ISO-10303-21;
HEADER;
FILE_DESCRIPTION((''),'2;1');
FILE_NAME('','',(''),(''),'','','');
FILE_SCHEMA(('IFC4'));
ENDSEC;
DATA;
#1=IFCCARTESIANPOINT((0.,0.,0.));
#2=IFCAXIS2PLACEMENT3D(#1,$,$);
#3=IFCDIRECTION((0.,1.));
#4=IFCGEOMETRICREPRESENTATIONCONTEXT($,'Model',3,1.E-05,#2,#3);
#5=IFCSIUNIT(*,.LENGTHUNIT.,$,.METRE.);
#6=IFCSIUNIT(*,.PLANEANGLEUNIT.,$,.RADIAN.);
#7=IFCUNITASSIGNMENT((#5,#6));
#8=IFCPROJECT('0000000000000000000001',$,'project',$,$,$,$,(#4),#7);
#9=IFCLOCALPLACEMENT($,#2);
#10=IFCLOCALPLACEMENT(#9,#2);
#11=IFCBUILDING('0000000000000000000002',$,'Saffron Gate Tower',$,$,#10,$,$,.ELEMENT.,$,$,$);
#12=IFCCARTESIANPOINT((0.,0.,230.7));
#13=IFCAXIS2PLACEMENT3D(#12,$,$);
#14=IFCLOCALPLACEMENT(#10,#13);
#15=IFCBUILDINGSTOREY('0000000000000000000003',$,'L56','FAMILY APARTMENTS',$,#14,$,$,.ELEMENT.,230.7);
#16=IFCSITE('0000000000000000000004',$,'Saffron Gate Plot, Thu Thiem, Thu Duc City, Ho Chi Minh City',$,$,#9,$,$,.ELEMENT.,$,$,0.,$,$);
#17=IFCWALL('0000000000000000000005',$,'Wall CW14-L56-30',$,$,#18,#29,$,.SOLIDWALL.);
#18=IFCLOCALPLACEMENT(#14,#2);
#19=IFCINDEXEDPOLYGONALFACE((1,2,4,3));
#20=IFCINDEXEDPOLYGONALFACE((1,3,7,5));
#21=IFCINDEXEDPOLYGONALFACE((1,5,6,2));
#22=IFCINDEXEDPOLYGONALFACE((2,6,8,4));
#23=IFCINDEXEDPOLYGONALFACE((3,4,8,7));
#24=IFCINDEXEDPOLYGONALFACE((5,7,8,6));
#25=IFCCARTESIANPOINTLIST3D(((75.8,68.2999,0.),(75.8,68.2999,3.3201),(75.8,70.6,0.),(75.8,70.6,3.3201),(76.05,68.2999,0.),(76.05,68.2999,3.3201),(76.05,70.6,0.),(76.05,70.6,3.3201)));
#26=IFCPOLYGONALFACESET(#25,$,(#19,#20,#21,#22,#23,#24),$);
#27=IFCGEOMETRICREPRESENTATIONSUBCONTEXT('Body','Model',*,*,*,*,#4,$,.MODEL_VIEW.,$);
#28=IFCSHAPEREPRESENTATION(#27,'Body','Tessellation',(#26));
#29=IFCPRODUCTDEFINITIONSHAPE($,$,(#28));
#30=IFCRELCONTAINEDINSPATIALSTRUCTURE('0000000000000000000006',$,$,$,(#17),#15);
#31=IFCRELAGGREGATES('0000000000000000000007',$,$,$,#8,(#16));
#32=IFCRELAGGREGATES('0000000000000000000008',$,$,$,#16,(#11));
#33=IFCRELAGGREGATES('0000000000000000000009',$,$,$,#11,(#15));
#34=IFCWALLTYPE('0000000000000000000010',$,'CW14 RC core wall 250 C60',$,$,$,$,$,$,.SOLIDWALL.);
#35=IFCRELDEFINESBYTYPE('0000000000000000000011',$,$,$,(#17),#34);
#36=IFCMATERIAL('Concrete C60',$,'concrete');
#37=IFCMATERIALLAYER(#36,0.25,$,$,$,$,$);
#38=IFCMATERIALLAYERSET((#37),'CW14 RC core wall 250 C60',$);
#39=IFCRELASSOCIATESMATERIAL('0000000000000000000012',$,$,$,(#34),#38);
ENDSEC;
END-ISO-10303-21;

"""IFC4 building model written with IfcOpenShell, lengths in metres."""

from ifc_helpers import new_model, si_unit, direction, frame, frame_2d, origin, place, context, subcontext, project, spatial, rectangle, extrude, material, layer, layer_set, type_object, element, save


model = new_model("IFC4")

# Units and contexts
model_context = context("Model", 3, precision=1e-05, world=origin(), true_north=direction((0.0, 1.0)))
body_context = subcontext(model_context, "Body", "Model", "MODEL_VIEW")
ifc_project = project(units=[si_unit("LENGTHUNIT", "METRE"), si_unit("PLANEANGLEUNIT", "RADIAN")], contexts=[model_context])

# Site, building, storey
site_placement = place(None, origin())
site = spatial("IfcSite", under=ifc_project, at=site_placement, Name="Saffron Gate Plot, Thu Thiem, Thu Duc City, Ho Chi Minh City", CompositionType="ELEMENT", RefElevation=0.0)
building_placement = place(site_placement, origin())
building = spatial("IfcBuilding", under=site, at=building_placement, Name="Saffron Gate Tower", CompositionType="ELEMENT")
storey_placement = place(building_placement, frame((0.0, 0.0, 230.7)))
storey = spatial("IfcBuildingStorey", under=building, at=storey_placement, Name="L56", Description="FAMILY APARTMENTS", CompositionType="ELEMENT", Elevation=230.7)

# Wall
ifc_material_1 = material(Name="Concrete C60", Category="concrete")
ifc_layer_1 = layer(ifc_material_1, 0.25)
ifc_layer_set_1 = layer_set([ifc_layer_1], Name="CW14 RC core wall 250 C60")
wall_type_1 = type_object("IfcWallType", Name="CW14 RC core wall 250 C60", PredefinedType="SOLIDWALL", material=ifc_layer_set_1)
wall_1_placement = place(storey_placement, frame((75.925, 68.3, 0.0), z_axis=(0.0, 0.0, 1.0), x_axis=(0.0, 1.0, 0.0)))
element("IfcWall", 1, at=wall_1_placement, inside=storey, type_object=wall_type_1, Name="Wall CW14-L56-30", PredefinedType="SOLIDWALL", context=body_context, shape_type="SweptSolid", body=[
    extrude(rectangle(XDim=2.3, YDim=0.25, at=frame_2d((1.1499, 0.0))), origin(), (0.0, 0.0, 1.0), 3.3201),
])

save(model, "model.ifc")
